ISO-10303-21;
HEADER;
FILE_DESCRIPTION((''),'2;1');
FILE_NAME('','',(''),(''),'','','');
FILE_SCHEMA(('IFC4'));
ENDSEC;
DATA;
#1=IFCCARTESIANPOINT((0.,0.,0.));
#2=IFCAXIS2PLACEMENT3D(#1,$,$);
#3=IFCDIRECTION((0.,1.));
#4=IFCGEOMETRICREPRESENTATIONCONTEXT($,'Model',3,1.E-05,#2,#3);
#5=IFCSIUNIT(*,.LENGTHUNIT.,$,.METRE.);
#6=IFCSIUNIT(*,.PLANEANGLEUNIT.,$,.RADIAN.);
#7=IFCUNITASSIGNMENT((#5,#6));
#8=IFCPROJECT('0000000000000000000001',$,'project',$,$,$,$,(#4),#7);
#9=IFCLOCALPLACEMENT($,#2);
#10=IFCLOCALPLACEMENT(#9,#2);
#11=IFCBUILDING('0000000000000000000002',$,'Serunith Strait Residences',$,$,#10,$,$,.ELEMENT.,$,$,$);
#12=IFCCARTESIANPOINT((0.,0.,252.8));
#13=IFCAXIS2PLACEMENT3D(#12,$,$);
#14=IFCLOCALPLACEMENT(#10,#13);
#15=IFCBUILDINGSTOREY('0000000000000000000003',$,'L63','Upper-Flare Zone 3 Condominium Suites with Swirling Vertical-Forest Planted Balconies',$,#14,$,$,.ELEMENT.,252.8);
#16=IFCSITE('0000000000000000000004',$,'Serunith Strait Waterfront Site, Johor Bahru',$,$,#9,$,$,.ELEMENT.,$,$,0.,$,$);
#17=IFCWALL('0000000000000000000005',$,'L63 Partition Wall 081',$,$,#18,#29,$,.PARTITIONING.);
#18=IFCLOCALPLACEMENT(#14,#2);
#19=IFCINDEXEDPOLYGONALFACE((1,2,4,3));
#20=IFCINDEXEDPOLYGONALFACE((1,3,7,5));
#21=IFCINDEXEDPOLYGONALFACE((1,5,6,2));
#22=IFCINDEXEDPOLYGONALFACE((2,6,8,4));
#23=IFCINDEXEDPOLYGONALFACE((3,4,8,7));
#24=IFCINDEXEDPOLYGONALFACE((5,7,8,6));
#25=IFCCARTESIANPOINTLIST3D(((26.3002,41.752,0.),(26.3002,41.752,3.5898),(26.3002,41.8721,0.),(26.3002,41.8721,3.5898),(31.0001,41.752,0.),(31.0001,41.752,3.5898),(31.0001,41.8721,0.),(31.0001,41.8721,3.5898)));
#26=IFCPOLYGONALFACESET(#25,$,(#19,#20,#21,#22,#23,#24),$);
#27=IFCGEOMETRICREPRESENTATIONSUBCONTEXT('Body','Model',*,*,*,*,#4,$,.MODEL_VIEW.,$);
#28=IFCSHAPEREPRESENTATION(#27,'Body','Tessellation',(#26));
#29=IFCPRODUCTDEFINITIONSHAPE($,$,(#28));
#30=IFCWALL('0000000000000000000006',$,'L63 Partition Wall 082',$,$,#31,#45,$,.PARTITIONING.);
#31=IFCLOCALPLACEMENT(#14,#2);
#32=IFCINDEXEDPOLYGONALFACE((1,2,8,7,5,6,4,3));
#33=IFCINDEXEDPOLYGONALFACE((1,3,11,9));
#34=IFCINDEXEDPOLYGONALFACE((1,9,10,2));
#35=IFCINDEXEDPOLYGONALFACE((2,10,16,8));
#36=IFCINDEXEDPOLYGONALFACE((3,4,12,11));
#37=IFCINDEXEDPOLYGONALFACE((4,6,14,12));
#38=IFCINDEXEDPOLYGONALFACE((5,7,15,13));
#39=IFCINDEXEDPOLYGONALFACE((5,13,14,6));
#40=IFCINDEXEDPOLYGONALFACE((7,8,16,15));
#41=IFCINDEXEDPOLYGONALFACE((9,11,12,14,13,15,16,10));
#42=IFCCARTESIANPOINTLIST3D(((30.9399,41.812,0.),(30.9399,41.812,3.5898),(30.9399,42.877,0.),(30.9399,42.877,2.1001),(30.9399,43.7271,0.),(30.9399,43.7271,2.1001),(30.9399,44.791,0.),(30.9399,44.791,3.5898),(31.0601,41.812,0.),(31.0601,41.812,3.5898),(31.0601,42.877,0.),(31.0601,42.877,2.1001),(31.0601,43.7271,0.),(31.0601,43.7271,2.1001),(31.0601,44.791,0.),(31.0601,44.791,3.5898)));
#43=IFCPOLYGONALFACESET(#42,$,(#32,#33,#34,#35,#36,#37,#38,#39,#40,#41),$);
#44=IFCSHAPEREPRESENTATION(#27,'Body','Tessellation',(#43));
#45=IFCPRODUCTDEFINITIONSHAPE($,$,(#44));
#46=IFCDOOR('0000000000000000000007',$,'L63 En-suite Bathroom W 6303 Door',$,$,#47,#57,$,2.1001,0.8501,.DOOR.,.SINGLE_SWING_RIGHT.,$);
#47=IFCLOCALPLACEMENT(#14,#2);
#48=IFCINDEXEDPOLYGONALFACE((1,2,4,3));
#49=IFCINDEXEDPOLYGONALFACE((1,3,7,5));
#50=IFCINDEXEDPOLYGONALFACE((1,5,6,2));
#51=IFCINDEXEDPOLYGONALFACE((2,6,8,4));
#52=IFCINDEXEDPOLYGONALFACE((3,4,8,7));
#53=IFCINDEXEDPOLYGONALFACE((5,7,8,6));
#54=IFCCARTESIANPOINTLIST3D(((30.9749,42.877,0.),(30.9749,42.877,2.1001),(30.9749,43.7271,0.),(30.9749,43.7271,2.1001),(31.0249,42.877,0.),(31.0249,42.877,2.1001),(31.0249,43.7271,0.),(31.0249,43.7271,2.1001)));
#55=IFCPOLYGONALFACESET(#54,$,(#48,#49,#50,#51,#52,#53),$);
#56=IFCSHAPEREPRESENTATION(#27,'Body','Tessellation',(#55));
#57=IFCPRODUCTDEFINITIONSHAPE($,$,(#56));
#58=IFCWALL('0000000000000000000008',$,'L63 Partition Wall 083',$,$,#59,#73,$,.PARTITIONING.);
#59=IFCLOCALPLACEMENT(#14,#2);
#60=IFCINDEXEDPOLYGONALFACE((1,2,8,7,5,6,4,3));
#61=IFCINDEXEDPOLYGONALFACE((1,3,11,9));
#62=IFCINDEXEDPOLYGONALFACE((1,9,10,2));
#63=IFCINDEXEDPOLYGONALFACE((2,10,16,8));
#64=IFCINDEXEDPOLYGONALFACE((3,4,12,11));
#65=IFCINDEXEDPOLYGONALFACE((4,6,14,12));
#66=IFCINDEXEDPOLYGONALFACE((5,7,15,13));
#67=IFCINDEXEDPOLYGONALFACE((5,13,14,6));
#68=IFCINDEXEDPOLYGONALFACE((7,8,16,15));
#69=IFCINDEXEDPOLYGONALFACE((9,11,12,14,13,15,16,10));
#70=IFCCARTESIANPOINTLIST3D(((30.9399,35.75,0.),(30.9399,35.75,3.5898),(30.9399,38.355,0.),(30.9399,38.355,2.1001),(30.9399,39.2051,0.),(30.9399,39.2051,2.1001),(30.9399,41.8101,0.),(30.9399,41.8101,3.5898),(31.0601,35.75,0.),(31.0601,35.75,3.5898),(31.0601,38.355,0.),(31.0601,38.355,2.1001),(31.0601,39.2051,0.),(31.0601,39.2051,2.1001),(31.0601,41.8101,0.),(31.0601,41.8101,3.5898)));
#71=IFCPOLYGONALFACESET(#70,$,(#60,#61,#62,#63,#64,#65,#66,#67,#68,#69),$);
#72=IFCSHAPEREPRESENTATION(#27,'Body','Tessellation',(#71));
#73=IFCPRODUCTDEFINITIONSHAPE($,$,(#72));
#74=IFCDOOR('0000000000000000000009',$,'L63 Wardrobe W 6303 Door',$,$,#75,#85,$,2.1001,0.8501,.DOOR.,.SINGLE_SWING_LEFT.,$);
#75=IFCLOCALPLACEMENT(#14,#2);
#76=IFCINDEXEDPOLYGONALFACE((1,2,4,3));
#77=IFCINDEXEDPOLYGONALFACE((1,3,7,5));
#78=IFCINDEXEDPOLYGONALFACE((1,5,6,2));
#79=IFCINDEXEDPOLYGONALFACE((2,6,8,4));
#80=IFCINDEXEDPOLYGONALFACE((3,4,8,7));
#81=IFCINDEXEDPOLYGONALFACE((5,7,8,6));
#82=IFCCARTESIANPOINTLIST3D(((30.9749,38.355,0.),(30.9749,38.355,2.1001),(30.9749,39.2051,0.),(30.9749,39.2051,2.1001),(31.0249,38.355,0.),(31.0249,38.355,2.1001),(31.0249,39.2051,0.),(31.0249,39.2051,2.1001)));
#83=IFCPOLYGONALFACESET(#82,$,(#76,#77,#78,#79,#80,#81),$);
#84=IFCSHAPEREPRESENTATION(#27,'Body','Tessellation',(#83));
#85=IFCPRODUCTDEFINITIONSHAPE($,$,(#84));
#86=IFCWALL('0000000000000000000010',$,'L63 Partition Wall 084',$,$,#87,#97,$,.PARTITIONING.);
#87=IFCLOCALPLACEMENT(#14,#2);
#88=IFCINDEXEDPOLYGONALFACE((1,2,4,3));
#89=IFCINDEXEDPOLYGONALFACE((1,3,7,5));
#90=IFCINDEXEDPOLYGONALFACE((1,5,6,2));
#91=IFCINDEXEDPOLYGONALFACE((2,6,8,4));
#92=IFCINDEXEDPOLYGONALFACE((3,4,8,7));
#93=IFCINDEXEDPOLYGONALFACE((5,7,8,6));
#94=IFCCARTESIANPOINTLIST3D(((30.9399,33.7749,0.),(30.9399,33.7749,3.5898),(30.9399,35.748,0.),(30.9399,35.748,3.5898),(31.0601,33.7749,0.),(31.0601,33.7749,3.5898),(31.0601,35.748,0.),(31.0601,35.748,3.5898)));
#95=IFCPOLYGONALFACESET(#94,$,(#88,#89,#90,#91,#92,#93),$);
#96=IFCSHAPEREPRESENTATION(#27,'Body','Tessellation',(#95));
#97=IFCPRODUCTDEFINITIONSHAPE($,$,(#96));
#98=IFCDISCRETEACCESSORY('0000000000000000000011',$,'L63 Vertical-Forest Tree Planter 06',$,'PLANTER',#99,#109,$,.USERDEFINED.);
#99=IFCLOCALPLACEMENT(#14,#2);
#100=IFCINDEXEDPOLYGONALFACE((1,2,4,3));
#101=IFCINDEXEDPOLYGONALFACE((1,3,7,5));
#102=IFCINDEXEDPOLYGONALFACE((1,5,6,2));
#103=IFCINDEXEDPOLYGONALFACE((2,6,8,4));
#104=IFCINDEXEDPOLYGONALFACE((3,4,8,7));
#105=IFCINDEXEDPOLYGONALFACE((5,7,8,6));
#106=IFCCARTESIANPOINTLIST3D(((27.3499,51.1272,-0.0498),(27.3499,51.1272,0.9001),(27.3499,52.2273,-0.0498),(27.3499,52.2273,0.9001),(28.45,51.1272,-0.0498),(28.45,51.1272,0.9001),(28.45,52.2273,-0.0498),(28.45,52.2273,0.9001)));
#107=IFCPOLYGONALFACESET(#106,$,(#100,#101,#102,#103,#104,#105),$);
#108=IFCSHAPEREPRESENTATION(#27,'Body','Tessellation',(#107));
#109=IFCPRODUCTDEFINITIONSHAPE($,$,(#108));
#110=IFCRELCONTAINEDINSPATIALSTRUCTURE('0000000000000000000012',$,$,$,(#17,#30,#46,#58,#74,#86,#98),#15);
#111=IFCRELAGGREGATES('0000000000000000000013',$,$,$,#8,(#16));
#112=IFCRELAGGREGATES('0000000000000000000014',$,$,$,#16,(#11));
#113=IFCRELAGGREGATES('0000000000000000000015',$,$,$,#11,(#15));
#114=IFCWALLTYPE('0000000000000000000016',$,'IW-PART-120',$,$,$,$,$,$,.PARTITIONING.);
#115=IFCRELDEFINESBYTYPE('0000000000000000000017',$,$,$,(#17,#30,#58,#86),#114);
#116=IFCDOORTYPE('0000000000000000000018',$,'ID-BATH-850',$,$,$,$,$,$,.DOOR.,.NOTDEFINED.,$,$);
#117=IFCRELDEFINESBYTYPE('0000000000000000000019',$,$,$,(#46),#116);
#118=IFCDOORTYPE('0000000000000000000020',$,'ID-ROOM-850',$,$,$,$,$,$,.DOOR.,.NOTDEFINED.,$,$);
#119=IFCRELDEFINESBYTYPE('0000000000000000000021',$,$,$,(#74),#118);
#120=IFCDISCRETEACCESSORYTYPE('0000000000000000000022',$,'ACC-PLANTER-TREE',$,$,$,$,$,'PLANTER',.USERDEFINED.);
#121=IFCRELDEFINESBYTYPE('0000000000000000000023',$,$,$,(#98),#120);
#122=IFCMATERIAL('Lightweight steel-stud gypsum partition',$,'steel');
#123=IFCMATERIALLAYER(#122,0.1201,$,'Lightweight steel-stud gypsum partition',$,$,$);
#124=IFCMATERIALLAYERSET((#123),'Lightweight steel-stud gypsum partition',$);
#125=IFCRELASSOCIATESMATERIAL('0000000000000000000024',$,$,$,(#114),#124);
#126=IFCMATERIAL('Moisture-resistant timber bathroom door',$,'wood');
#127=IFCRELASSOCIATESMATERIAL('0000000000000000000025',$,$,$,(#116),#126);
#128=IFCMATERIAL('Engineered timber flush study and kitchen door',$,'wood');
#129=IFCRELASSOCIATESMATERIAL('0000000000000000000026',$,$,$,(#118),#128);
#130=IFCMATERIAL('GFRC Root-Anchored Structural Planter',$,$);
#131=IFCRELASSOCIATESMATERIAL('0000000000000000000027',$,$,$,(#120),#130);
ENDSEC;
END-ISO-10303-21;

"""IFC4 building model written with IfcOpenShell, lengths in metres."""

from ifc_helpers import new_model, si_unit, direction, frame, frame_2d, origin, origin_2d, place, context, subcontext, project, spatial, rectangle, extrude, source, transform, mapped, material, layer, layer_set, type_object, element, fill, save


model = new_model("IFC4")

# Units and contexts
model_context = context("Model", 3, precision=1e-05, world=origin(), true_north=direction((0.0, 1.0)))
body_context = subcontext(model_context, "Body", "Model", "MODEL_VIEW")
ifc_project = project(units=[si_unit("LENGTHUNIT", "METRE"), si_unit("PLANEANGLEUNIT", "RADIAN")], contexts=[model_context])

# Site, building, storey
site_placement = place(None, origin())
site = spatial("IfcSite", under=ifc_project, at=site_placement, Name="Serunith Strait Waterfront Site, Johor Bahru", CompositionType="ELEMENT", RefElevation=0.0)
building_placement = place(site_placement, origin())
building = spatial("IfcBuilding", under=site, at=building_placement, Name="Serunith Strait Residences", CompositionType="ELEMENT")
storey_placement = place(building_placement, frame((0.0, 0.0, 252.8)))
storey = spatial("IfcBuildingStorey", under=building, at=storey_placement, Name="L63", Description="Upper-Flare Zone 3 Condominium Suites with Swirling Vertical-Forest Planted Balconies", CompositionType="ELEMENT", Elevation=252.8)

# Shared definitions
ifc_material_1 = material(Name="Lightweight steel-stud gypsum partition", Category="steel")
ifc_layer_1 = layer(ifc_material_1, 0.1201, Name="Lightweight steel-stud gypsum partition")
ifc_layer_set_1 = layer_set([ifc_layer_1], Name="Lightweight steel-stud gypsum partition")
wall_type_1 = type_object("IfcWallType", Name="IW-PART-120", PredefinedType="PARTITIONING", material=ifc_layer_set_1)

# Wall
wall_1_placement = place(storey_placement, frame((26.3, 41.812, 0.0), z_axis=(0.0, 0.0, 1.0), x_axis=(1.0, 0.0, 0.0)))
element("IfcWall", 1, at=wall_1_placement, inside=storey, type_object=wall_type_1, Name="L63 Partition Wall 081", PredefinedType="PARTITIONING", context=body_context, shape_type="SweptSolid", body=[
    extrude(rectangle(XDim=4.7, YDim=0.1201, at=frame_2d((2.3501, 0.0))), origin(), (0.0, 0.0, 1.0), 3.5898),
])

# Walls, openings, doors
wall_2_placement = place(storey_placement, frame((31.0, 44.791, 0.0), z_axis=(0.0, 0.0, 1.0), x_axis=(0.0, -1.0, 0.0)))
wall_2 = element("IfcWall", 2, at=wall_2_placement, inside=storey, type_object=wall_type_1, Name="L63 Partition Wall 082", PredefinedType="PARTITIONING", context=body_context, shape_type="SweptSolid", body=[
    extrude(rectangle(XDim=2.979, YDim=0.1201, at=frame_2d((1.4895, 0.0))), origin(), (0.0, 0.0, 1.0), 3.5898),
])
opening_1_placement = place(wall_2_placement, frame((1.064, 0.0, 0.0)))
opening_1 = element("IfcOpeningElement", 3, at=opening_1_placement, cuts=wall_2, PredefinedType="OPENING", context=body_context, shape_type="SweptSolid", body=[
    extrude(rectangle(XDim=0.8501, YDim=2.1001, at=frame_2d((0.425, 1.05))), frame((0.0, 0.0701, 0.0), z_axis=(0.0, -1.0, 0.0), x_axis=(1.0, 0.0, 0.0)), (0.0, 0.0, 1.0), 0.1401),
])
ifc_material_2 = material(Name="Moisture-resistant timber bathroom door", Category="wood")
door_type_1 = type_object("IfcDoorType", Name="ID-BATH-850", OperationType="NOTDEFINED", PredefinedType="DOOR", material=ifc_material_2)
shared_shape_1 = source(origin(), body_context, "Body", "SweptSolid", [
    extrude(rectangle(XDim=0.8501, YDim=2.1001, at=frame_2d((0.425, 1.05))), frame((0.0, 0.0249, 0.0), z_axis=(0.0, -1.0, 0.0), x_axis=(1.0, 0.0, 0.0)), (0.0, 0.0, 1.0), 0.05),
])
door_1_placement = place(opening_1_placement, origin())
door_1 = element("IfcDoor", 4, at=door_1_placement, inside=storey, type_object=door_type_1, Name="L63 En-suite Bathroom W 6303 Door", OperationType="SINGLE_SWING_RIGHT", OverallHeight=2.1001, OverallWidth=0.8501, PredefinedType="DOOR", context=body_context, shape_type="MappedRepresentation", body=[
    mapped(shared_shape_1, transform((0.0, 0.0, 0.0), scale=1.0)),
])
fill(opening_1, door_1)
wall_3_placement = place(storey_placement, frame((31.0, 41.8101, 0.0), z_axis=(0.0, 0.0, 1.0), x_axis=(0.0, -1.0, 0.0)))
wall_3 = element("IfcWall", 5, at=wall_3_placement, inside=storey, type_object=wall_type_1, Name="L63 Partition Wall 083", PredefinedType="PARTITIONING", context=body_context, shape_type="SweptSolid", body=[
    extrude(rectangle(XDim=6.0601, YDim=0.1201, at=frame_2d((3.03, 0.0))), origin(), (0.0, 0.0, 1.0), 3.5898),
])
opening_2_placement = place(wall_3_placement, frame((2.605, 0.0, 0.0)))
opening_2 = element("IfcOpeningElement", 6, at=opening_2_placement, cuts=wall_3, PredefinedType="OPENING", context=body_context, shape_type="SweptSolid", body=[
    extrude(rectangle(XDim=0.8501, YDim=2.1001, at=frame_2d((0.425, 1.05))), frame((0.0, 0.0701, 0.0), z_axis=(0.0, -1.0, 0.0), x_axis=(1.0, 0.0, 0.0)), (0.0, 0.0, 1.0), 0.1401),
])
ifc_material_3 = material(Name="Engineered timber flush study and kitchen door", Category="wood")
door_type_2 = type_object("IfcDoorType", Name="ID-ROOM-850", OperationType="NOTDEFINED", PredefinedType="DOOR", material=ifc_material_3)
door_2_placement = place(opening_2_placement, origin())
door_2 = element("IfcDoor", 7, at=door_2_placement, inside=storey, type_object=door_type_2, Name="L63 Wardrobe W 6303 Door", OperationType="SINGLE_SWING_LEFT", OverallHeight=2.1001, OverallWidth=0.8501, PredefinedType="DOOR", context=body_context, shape_type="MappedRepresentation", body=[
    mapped(shared_shape_1, transform((0.0, 0.0, 0.0), scale=1.0)),
])
fill(opening_2, door_2)

# Wall
wall_4_placement = place(storey_placement, frame((31.0, 35.748, 0.0), z_axis=(0.0, 0.0, 1.0), x_axis=(0.0, -1.0, 0.0)))
element("IfcWall", 8, at=wall_4_placement, inside=storey, type_object=wall_type_1, Name="L63 Partition Wall 084", PredefinedType="PARTITIONING", context=body_context, shape_type="SweptSolid", body=[
    extrude(rectangle(XDim=1.9731, YDim=0.1201, at=frame_2d((0.9866, 0.0))), origin(), (0.0, 0.0, 1.0), 3.5898),
])

# Discrete accessory
ifc_material_4 = material(Name="GFRC Root-Anchored Structural Planter")
discrete_accessory_type = type_object("IfcDiscreteAccessoryType", Name="ACC-PLANTER-TREE", ElementType="PLANTER", PredefinedType="USERDEFINED", material=ifc_material_4)
shared_shape_2 = source(origin(), body_context, "Body", "SweptSolid", [
    extrude(rectangle(XDim=1.1001, YDim=1.1001, at=origin_2d()), origin(), (0.0, 0.0, 1.0), 0.95),
])
discrete_accessory_placement = place(storey_placement, frame((27.8999, 51.6772, -0.0498), z_axis=(0.0, 0.0, 1.0), x_axis=(-1.0, 0.0, 0.0)))
element("IfcDiscreteAccessory", 9, at=discrete_accessory_placement, inside=storey, type_object=discrete_accessory_type, Name="L63 Vertical-Forest Tree Planter 06", ObjectType="PLANTER", PredefinedType="USERDEFINED", context=body_context, shape_type="MappedRepresentation", body=[
    mapped(shared_shape_2, transform((0.0, 0.0, 0.0), scale=1.0)),
])

save(model, "model.ifc")
